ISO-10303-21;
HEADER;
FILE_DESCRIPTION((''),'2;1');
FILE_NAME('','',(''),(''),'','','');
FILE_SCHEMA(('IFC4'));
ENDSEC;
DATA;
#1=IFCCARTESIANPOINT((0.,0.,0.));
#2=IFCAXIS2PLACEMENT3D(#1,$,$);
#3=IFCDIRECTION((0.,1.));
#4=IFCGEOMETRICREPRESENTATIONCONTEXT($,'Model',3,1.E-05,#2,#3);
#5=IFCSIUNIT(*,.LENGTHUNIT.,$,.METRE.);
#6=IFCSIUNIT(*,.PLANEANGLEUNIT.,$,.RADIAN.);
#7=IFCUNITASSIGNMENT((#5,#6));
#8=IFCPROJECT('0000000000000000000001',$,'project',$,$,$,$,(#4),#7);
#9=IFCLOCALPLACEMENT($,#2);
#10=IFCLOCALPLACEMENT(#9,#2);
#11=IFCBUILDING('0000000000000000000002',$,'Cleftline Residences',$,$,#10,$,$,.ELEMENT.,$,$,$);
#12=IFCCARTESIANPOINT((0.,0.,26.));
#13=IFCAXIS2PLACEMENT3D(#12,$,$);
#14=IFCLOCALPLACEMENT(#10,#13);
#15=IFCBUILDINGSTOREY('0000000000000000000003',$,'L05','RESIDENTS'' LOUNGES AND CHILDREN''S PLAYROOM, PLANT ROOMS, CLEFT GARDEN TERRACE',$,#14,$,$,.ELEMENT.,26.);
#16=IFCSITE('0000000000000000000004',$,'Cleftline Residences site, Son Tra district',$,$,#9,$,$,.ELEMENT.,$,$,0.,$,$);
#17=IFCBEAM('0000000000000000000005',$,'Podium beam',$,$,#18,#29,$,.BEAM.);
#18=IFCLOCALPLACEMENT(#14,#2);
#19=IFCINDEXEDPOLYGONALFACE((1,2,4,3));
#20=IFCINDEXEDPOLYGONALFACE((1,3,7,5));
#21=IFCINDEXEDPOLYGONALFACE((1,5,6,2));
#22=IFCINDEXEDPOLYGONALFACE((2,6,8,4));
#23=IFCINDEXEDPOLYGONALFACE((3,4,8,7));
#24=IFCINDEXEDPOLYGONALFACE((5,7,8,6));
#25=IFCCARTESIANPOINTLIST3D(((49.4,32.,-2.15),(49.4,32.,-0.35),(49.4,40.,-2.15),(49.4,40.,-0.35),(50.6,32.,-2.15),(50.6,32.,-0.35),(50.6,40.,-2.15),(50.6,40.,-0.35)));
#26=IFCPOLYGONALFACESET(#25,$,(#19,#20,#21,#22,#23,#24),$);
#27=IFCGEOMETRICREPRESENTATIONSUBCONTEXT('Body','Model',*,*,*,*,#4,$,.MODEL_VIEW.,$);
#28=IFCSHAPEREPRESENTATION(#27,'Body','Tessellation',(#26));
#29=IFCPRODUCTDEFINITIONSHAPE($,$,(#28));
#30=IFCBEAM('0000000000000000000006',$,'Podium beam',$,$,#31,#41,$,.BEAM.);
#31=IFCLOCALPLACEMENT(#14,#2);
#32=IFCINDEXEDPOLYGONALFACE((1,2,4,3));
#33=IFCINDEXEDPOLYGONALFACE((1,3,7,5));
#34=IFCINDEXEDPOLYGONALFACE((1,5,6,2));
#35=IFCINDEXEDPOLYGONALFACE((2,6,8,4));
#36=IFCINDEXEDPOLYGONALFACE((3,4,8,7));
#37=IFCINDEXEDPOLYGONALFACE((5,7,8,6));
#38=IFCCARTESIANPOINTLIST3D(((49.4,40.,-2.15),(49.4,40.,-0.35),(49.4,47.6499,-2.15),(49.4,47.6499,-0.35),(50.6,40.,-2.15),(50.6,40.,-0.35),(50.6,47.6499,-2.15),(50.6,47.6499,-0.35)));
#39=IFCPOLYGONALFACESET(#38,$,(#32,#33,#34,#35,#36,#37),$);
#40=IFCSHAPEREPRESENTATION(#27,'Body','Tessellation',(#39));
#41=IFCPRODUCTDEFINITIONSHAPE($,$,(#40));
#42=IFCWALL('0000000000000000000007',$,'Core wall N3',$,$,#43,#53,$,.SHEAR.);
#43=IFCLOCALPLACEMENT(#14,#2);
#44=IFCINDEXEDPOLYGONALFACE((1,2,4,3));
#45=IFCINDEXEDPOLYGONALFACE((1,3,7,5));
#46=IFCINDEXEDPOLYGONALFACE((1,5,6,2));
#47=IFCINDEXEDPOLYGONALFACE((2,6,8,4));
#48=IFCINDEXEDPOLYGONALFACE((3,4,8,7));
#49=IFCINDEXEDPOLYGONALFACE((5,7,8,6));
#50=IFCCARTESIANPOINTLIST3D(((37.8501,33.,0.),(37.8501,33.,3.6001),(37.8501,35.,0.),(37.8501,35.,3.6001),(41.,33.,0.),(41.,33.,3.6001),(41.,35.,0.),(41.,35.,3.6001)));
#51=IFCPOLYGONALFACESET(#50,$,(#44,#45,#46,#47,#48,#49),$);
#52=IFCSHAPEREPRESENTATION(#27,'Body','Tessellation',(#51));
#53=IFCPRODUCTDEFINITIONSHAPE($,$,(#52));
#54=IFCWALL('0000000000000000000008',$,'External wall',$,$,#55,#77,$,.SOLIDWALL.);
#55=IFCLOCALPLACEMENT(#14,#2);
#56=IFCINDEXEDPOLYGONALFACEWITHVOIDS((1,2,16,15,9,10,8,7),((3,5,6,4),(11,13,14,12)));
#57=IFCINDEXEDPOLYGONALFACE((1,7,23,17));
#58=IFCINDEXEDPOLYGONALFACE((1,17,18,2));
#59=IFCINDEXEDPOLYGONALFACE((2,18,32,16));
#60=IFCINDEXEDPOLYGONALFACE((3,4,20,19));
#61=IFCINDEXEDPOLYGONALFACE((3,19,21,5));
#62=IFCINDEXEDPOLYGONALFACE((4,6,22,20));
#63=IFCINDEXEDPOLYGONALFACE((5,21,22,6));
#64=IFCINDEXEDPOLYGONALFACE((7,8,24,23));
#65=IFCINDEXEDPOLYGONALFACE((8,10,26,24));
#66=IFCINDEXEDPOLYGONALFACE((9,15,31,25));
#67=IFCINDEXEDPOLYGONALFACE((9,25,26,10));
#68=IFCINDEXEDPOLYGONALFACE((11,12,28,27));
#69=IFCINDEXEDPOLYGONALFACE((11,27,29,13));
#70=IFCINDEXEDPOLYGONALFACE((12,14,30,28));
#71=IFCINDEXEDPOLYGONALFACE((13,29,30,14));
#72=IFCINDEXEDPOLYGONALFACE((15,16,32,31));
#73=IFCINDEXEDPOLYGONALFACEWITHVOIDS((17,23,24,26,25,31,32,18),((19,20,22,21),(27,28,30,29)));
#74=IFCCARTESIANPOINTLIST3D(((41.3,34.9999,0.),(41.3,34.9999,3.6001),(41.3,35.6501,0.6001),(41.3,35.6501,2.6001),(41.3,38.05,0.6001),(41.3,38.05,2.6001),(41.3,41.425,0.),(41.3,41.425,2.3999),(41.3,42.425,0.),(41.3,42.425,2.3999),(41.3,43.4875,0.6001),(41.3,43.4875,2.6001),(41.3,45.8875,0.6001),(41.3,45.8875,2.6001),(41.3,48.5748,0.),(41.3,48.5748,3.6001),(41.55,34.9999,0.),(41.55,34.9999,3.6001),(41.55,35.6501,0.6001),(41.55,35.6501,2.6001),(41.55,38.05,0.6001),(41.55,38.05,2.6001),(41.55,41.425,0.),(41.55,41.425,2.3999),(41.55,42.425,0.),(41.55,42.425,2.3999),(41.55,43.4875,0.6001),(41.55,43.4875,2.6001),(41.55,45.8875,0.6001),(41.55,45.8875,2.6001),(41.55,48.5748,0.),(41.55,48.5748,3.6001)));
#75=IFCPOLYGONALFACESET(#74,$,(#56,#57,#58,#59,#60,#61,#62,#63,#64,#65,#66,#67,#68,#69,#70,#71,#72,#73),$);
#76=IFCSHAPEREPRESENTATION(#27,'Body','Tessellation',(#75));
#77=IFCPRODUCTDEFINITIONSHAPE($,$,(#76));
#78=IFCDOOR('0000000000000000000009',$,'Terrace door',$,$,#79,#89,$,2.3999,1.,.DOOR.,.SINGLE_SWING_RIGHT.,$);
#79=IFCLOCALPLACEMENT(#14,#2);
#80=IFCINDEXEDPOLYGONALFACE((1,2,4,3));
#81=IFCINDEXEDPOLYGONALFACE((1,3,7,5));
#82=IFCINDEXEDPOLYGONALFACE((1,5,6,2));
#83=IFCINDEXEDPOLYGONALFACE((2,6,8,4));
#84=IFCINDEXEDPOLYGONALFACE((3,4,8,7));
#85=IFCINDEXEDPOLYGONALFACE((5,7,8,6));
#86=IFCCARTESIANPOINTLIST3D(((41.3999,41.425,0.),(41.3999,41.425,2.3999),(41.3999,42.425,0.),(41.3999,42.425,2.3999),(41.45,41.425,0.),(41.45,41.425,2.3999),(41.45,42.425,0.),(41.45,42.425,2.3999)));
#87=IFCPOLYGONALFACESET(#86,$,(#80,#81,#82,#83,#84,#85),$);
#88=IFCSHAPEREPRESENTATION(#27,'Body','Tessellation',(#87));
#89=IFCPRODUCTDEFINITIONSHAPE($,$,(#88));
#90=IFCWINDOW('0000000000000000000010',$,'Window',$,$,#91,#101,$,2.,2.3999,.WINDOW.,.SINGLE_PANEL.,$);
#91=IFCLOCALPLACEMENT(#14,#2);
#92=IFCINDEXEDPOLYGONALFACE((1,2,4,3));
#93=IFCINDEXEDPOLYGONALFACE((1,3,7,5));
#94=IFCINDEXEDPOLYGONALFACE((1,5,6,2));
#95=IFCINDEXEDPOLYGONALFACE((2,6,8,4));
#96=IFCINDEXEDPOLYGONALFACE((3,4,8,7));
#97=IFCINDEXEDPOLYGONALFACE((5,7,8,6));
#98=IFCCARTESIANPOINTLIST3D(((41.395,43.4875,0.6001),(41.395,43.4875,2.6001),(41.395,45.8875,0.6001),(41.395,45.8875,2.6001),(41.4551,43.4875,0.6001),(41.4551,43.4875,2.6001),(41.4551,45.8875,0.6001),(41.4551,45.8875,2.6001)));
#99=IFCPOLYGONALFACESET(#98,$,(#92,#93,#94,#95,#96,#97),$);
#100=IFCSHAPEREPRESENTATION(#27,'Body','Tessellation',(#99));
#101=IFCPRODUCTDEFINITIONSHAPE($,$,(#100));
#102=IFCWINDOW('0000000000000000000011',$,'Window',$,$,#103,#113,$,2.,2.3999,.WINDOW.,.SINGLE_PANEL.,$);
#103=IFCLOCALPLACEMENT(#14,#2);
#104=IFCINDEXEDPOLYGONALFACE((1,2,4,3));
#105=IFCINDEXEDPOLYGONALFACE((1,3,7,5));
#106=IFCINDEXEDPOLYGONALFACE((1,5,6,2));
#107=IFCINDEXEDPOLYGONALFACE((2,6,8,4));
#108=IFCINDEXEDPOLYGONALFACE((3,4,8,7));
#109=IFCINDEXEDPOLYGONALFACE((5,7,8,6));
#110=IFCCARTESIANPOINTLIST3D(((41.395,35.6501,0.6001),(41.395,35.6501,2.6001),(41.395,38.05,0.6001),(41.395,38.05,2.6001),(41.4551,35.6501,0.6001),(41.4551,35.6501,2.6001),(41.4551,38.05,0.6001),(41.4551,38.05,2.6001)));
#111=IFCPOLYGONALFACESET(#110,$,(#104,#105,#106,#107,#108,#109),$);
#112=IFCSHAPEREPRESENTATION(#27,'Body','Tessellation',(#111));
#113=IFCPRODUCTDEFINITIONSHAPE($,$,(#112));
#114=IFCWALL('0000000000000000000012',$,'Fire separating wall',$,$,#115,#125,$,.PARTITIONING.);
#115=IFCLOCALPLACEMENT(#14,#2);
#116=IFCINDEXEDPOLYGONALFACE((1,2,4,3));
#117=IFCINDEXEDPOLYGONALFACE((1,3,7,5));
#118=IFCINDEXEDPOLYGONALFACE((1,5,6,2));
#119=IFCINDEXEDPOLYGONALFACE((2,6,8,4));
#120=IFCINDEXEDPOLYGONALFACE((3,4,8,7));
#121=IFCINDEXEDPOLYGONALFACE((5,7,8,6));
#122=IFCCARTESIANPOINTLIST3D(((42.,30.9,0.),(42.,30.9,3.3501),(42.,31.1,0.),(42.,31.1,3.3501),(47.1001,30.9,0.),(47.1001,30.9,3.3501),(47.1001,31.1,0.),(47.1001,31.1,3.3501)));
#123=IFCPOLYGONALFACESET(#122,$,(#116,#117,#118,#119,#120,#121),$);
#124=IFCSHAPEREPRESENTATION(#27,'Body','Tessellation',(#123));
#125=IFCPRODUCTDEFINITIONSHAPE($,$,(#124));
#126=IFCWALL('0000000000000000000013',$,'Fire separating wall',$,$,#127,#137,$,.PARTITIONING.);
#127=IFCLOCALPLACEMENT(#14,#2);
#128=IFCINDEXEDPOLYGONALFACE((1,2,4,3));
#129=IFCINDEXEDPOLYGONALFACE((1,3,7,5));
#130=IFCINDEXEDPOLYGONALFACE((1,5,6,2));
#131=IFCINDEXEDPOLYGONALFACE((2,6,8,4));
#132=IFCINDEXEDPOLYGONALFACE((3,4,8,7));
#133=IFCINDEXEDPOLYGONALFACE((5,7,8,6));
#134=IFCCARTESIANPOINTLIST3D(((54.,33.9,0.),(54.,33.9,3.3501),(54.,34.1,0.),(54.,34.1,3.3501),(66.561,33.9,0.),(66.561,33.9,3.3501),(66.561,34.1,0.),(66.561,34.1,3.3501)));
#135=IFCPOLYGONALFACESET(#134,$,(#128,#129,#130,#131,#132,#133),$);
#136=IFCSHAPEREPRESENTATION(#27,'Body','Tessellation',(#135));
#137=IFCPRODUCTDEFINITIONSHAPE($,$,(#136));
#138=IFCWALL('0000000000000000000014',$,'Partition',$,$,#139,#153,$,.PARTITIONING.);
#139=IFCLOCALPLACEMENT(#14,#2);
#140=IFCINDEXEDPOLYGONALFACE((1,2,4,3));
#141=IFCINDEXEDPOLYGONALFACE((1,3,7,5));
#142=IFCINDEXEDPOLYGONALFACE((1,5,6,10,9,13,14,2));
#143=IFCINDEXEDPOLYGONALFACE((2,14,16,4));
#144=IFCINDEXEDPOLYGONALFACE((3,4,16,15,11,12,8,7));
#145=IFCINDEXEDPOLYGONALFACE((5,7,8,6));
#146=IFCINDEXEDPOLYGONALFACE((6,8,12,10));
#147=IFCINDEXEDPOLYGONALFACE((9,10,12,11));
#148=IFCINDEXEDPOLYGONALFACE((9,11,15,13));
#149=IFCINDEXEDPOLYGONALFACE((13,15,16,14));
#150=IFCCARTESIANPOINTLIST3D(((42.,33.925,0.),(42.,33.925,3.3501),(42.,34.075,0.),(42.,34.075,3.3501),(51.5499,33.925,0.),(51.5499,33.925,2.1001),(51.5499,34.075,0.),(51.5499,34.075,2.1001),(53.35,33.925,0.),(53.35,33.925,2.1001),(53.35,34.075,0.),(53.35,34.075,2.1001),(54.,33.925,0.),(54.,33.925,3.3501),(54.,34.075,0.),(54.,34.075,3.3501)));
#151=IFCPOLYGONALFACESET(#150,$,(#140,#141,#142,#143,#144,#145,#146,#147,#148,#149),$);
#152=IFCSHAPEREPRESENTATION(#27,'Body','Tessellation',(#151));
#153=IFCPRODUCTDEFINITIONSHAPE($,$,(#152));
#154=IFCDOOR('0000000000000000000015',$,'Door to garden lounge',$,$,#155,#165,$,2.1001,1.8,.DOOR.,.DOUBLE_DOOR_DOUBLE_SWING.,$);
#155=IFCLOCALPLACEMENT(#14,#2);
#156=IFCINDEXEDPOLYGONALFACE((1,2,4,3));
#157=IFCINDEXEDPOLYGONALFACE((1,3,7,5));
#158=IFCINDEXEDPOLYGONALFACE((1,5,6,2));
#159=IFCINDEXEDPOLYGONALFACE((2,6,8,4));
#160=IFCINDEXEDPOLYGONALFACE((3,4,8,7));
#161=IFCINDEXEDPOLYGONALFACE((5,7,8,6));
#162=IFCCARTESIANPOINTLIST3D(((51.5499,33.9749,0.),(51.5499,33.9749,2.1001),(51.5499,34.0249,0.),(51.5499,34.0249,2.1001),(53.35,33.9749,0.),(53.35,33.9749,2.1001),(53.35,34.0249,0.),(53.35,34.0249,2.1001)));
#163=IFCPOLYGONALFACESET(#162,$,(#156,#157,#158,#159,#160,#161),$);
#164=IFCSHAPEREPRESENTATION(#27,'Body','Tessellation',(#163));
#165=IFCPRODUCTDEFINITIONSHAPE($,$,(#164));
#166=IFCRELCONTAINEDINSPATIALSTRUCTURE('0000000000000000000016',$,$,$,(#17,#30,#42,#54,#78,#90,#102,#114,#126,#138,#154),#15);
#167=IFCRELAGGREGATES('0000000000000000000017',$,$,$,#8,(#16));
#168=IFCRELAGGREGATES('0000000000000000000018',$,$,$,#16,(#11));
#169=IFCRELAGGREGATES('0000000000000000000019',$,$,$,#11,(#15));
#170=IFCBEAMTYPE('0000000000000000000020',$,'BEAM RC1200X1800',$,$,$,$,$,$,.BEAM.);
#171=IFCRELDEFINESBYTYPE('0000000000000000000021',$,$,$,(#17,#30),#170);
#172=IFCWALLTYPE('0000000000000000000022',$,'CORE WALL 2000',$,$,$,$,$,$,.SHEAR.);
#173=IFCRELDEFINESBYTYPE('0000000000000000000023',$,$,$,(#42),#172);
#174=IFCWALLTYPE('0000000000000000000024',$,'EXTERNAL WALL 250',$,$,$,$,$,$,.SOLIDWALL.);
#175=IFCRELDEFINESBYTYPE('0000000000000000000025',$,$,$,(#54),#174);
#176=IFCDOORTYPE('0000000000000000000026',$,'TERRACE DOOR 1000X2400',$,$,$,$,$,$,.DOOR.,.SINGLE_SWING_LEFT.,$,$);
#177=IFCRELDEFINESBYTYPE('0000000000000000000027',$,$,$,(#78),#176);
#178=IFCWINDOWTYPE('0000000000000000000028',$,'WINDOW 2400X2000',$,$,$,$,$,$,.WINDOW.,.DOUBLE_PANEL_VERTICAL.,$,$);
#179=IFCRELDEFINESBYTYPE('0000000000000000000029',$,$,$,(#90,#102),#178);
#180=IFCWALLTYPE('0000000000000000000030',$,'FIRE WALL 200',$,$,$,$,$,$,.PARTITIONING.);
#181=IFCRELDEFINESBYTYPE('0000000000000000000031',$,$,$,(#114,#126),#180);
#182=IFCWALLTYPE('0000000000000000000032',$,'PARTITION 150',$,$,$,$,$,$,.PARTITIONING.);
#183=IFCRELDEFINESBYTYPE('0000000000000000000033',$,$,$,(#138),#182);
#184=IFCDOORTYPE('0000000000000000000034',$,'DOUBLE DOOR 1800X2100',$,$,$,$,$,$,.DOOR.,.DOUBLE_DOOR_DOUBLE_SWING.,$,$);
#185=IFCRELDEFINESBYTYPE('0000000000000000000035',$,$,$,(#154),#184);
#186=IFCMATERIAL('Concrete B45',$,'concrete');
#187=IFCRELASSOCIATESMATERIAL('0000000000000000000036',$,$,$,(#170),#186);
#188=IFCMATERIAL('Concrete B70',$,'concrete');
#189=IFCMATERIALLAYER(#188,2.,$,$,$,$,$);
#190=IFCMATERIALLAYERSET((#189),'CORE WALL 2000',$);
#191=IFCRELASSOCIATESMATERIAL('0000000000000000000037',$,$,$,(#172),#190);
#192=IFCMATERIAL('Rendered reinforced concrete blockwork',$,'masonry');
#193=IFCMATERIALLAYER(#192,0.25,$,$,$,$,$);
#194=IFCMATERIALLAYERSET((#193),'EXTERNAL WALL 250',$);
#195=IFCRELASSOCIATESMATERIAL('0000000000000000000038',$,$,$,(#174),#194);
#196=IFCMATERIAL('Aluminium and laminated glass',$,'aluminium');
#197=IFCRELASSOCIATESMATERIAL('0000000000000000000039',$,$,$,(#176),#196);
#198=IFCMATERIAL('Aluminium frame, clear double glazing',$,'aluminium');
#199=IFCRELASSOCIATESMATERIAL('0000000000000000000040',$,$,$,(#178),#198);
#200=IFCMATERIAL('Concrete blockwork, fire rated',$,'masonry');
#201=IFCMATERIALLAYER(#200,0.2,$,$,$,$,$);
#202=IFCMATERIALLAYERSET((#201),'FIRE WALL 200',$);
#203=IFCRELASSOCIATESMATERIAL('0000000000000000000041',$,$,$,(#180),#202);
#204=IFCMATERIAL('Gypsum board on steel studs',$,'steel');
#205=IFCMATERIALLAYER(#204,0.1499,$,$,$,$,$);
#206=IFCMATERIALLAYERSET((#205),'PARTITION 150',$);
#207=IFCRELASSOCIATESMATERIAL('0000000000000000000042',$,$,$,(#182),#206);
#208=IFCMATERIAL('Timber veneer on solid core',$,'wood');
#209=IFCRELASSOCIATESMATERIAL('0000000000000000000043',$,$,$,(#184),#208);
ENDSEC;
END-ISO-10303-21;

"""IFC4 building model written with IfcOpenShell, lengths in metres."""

from ifc_helpers import new_model, si_unit, direction, frame, frame_2d, origin, origin_2d, place, context, subcontext, project, spatial, rectangle, extrude, material, layer, layer_set, material_profile, profile_set, type_object, element, fill, save


model = new_model("IFC4")

# Units and contexts
model_context = context("Model", 3, precision=1e-05, world=origin(), true_north=direction((0.0, 1.0)))
body_context = subcontext(model_context, "Body", "Model", "MODEL_VIEW")
ifc_project = project(units=[si_unit("LENGTHUNIT", "METRE"), si_unit("PLANEANGLEUNIT", "RADIAN")], contexts=[model_context])

# Site, building, storey
site_placement = place(None, origin())
site = spatial("IfcSite", under=ifc_project, at=site_placement, Name="Cleftline Residences site, Son Tra district", CompositionType="ELEMENT", RefElevation=0.0)
building_placement = place(site_placement, origin())
building = spatial("IfcBuilding", under=site, at=building_placement, Name="Cleftline Residences", CompositionType="ELEMENT")
storey_placement = place(building_placement, frame((0.0, 0.0, 26.0)))
storey = spatial("IfcBuildingStorey", under=building, at=storey_placement, Name="L05", Description="RESIDENTS' LOUNGES AND CHILDREN'S PLAYROOM, PLANT ROOMS, CLEFT GARDEN TERRACE", CompositionType="ELEMENT", Elevation=26.0)

# Beams
ifc_material_1 = material(Name="Concrete B45", Category="concrete")
ifc_material_profile_1 = material_profile(ifc_material_1, rectangle(XDim=1.2, YDim=1.8, at=origin_2d()))
ifc_profile_set_1 = profile_set([ifc_material_profile_1], Name="Concrete B45")
beam_type = type_object("IfcBeamType", Name="BEAM RC1200X1800", PredefinedType="BEAM", material=ifc_profile_set_1)
beam_1_placement = place(storey_placement, frame((50.0, 32.0, -1.25), z_axis=(0.0, 1.0, 0.0), x_axis=(-1.0, 0.0, 0.0)))
element("IfcBeam", 1, at=beam_1_placement, inside=storey, type_object=beam_type, Name="Podium beam", PredefinedType="BEAM", context=body_context, shape_type="SweptSolid", body=[
    extrude(rectangle(XDim=1.2, YDim=1.8, at=origin_2d()), origin(), (0.0, 0.0, 1.0), 8.0),
])
beam_2_placement = place(storey_placement, frame((50.0, 40.0, -1.25), z_axis=(0.0, 1.0, 0.0), x_axis=(-1.0, 0.0, 0.0)))
element("IfcBeam", 2, at=beam_2_placement, inside=storey, type_object=beam_type, Name="Podium beam", PredefinedType="BEAM", context=body_context, shape_type="SweptSolid", body=[
    extrude(rectangle(XDim=1.2, YDim=1.8, at=origin_2d()), origin(), (0.0, 0.0, 1.0), 7.6499),
])

# Wall
ifc_material_2 = material(Name="Concrete B70", Category="concrete")
ifc_layer_1 = layer(ifc_material_2, 2.0)
ifc_layer_set_1 = layer_set([ifc_layer_1], Name="CORE WALL 2000")
wall_type_1 = type_object("IfcWallType", Name="CORE WALL 2000", PredefinedType="SHEAR", material=ifc_layer_set_1)
wall_1_placement = place(storey_placement, frame((37.8501, 34.0, 0.0), z_axis=(0.0, 0.0, 1.0), x_axis=(1.0, 0.0, 0.0)))
element("IfcWall", 3, at=wall_1_placement, inside=storey, type_object=wall_type_1, Name="Core wall N3", PredefinedType="SHEAR", context=body_context, shape_type="SweptSolid", body=[
    extrude(rectangle(XDim=3.1499, YDim=2.0, at=frame_2d((1.575, 0.0))), origin(), (0.0, 0.0, 1.0), 3.6001),
])

# Wall, openings, door, windows
ifc_material_3 = material(Name="Rendered reinforced concrete blockwork", Category="masonry")
ifc_layer_2 = layer(ifc_material_3, 0.25)
ifc_layer_set_2 = layer_set([ifc_layer_2], Name="EXTERNAL WALL 250")
wall_type_2 = type_object("IfcWallType", Name="EXTERNAL WALL 250", PredefinedType="SOLIDWALL", material=ifc_layer_set_2)
wall_2_placement = place(storey_placement, frame((41.425, 48.575, 0.0), z_axis=(0.0, 0.0, 1.0), x_axis=(0.0, -1.0, 0.0)))
wall_2 = element("IfcWall", 4, at=wall_2_placement, inside=storey, type_object=wall_type_2, Name="External wall", PredefinedType="SOLIDWALL", context=body_context, shape_type="SweptSolid", body=[
    extrude(rectangle(XDim=13.575, YDim=0.25, at=frame_2d((6.7876, 0.0))), origin(), (0.0, 0.0, 1.0), 3.6001),
])
opening_1_placement = place(wall_2_placement, frame((6.1499, 0.0, 0.0)))
opening_1 = element("IfcOpeningElement", 5, at=opening_1_placement, cuts=wall_2, PredefinedType="OPENING", context=body_context, shape_type="SweptSolid", body=[
    extrude(rectangle(XDim=1.0, YDim=2.3999, at=frame_2d((0.5, 1.2))), frame((0.0, 0.135, 0.0), z_axis=(0.0, -1.0, 0.0), x_axis=(1.0, 0.0, 0.0)), (0.0, 0.0, 1.0), 0.27),
])
opening_2_placement = place(wall_2_placement, frame((2.6875, 0.0, 0.6001)))
opening_2 = element("IfcOpeningElement", 6, at=opening_2_placement, cuts=wall_2, PredefinedType="OPENING", context=body_context, shape_type="SweptSolid", body=[
    extrude(rectangle(XDim=2.3999, YDim=2.0, at=frame_2d((1.2, 1.0))), frame((0.0, 0.135, 0.0), z_axis=(0.0, -1.0, 0.0), x_axis=(1.0, 0.0, 0.0)), (0.0, 0.0, 1.0), 0.27),
])
opening_3_placement = place(wall_2_placement, frame((10.5249, 0.0, 0.6001)))
opening_3 = element("IfcOpeningElement", 7, at=opening_3_placement, cuts=wall_2, PredefinedType="OPENING", context=body_context, shape_type="SweptSolid", body=[
    extrude(rectangle(XDim=2.3999, YDim=2.0, at=frame_2d((1.2, 1.0))), frame((0.0, 0.135, 0.0), z_axis=(0.0, -1.0, 0.0), x_axis=(1.0, 0.0, 0.0)), (0.0, 0.0, 1.0), 0.27),
])
ifc_material_4 = material(Name="Aluminium and laminated glass", Category="aluminium")
door_type_1 = type_object("IfcDoorType", Name="TERRACE DOOR 1000X2400", OperationType="SINGLE_SWING_LEFT", PredefinedType="DOOR", material=ifc_material_4)
door_1_placement = place(opening_1_placement, origin())
door_1 = element("IfcDoor", 8, at=door_1_placement, inside=storey, type_object=door_type_1, Name="Terrace door", OperationType="SINGLE_SWING_RIGHT", OverallHeight=2.3999, OverallWidth=1.0, PredefinedType="DOOR", context=body_context, shape_type="SweptSolid", body=[
    extrude(rectangle(XDim=1.0, YDim=2.3999, at=frame_2d((0.5, 1.2))), frame((0.0, 0.0249, 0.0), z_axis=(0.0, -1.0, 0.0), x_axis=(1.0, 0.0, 0.0)), (0.0, 0.0, 1.0), 0.05),
])
fill(opening_1, door_1)
ifc_material_5 = material(Name="Aluminium frame, clear double glazing", Category="aluminium")
window_type = type_object("IfcWindowType", Name="WINDOW 2400X2000", PartitioningType="DOUBLE_PANEL_VERTICAL", PredefinedType="WINDOW", material=ifc_material_5)
window_1_placement = place(opening_2_placement, origin())
window_1 = element("IfcWindow", 9, at=window_1_placement, inside=storey, type_object=window_type, Name="Window", OverallHeight=2.0, OverallWidth=2.3999, PartitioningType="SINGLE_PANEL", PredefinedType="WINDOW", context=body_context, shape_type="SweptSolid", body=[
    extrude(rectangle(XDim=2.3999, YDim=2.0, at=frame_2d((1.2, 1.0))), frame((0.0, 0.03, 0.0), z_axis=(0.0, -1.0, 0.0), x_axis=(1.0, 0.0, 0.0)), (0.0, 0.0, 1.0), 0.0601),
])
fill(opening_2, window_1)
window_2_placement = place(opening_3_placement, origin())
window_2 = element("IfcWindow", 10, at=window_2_placement, inside=storey, type_object=window_type, Name="Window", OverallHeight=2.0, OverallWidth=2.3999, PartitioningType="SINGLE_PANEL", PredefinedType="WINDOW", context=body_context, shape_type="SweptSolid", body=[
    extrude(rectangle(XDim=2.3999, YDim=2.0, at=frame_2d((1.2, 1.0))), frame((0.0, 0.03, 0.0), z_axis=(0.0, -1.0, 0.0), x_axis=(1.0, 0.0, 0.0)), (0.0, 0.0, 1.0), 0.0601),
])
fill(opening_3, window_2)

# Walls
ifc_material_6 = material(Name="Concrete blockwork, fire rated", Category="masonry")
ifc_layer_3 = layer(ifc_material_6, 0.2)
ifc_layer_set_3 = layer_set([ifc_layer_3], Name="FIRE WALL 200")
wall_type_3 = type_object("IfcWallType", Name="FIRE WALL 200", PredefinedType="PARTITIONING", material=ifc_layer_set_3)
wall_3_placement = place(storey_placement, frame((42.0, 31.0, 0.0), z_axis=(0.0, 0.0, 1.0), x_axis=(1.0, 0.0, 0.0)))
element("IfcWall", 11, at=wall_3_placement, inside=storey, type_object=wall_type_3, Name="Fire separating wall", PredefinedType="PARTITIONING", context=body_context, shape_type="SweptSolid", body=[
    extrude(rectangle(XDim=5.1001, YDim=0.2, at=frame_2d((2.55, 0.0))), origin(), (0.0, 0.0, 1.0), 3.3501),
])
wall_4_placement = place(storey_placement, frame((54.0, 34.0, 0.0), z_axis=(0.0, 0.0, 1.0), x_axis=(1.0, 0.0, 0.0)))
element("IfcWall", 12, at=wall_4_placement, inside=storey, type_object=wall_type_3, Name="Fire separating wall", PredefinedType="PARTITIONING", context=body_context, shape_type="SweptSolid", body=[
    extrude(rectangle(XDim=12.561, YDim=0.2, at=frame_2d((6.2805, 0.0))), origin(), (0.0, 0.0, 1.0), 3.3501),
])

# Wall, opening, door
ifc_material_7 = material(Name="Gypsum board on steel studs", Category="steel")
ifc_layer_4 = layer(ifc_material_7, 0.1499)
ifc_layer_set_4 = layer_set([ifc_layer_4], Name="PARTITION 150")
wall_type_4 = type_object("IfcWallType", Name="PARTITION 150", PredefinedType="PARTITIONING", material=ifc_layer_set_4)
wall_5_placement = place(storey_placement, frame((42.0, 34.0, 0.0), z_axis=(0.0, 0.0, 1.0), x_axis=(1.0, 0.0, 0.0)))
wall_5 = element("IfcWall", 13, at=wall_5_placement, inside=storey, type_object=wall_type_4, Name="Partition", PredefinedType="PARTITIONING", context=body_context, shape_type="SweptSolid", body=[
    extrude(rectangle(XDim=12.0, YDim=0.1499, at=frame_2d((6.0, 0.0))), origin(), (0.0, 0.0, 1.0), 3.3501),
])
opening_4_placement = place(wall_5_placement, frame((9.55, 0.0, 0.0)))
opening_4 = element("IfcOpeningElement", 14, at=opening_4_placement, cuts=wall_5, PredefinedType="OPENING", context=body_context, shape_type="SweptSolid", body=[
    extrude(rectangle(XDim=1.8, YDim=2.1001, at=frame_2d((0.8999, 1.05))), frame((0.0, 0.085, 0.0), z_axis=(0.0, -1.0, 0.0), x_axis=(1.0, 0.0, 0.0)), (0.0, 0.0, 1.0), 0.1699),
])
ifc_material_8 = material(Name="Timber veneer on solid core", Category="wood")
door_type_2 = type_object("IfcDoorType", Name="DOUBLE DOOR 1800X2100", OperationType="DOUBLE_DOOR_DOUBLE_SWING", PredefinedType="DOOR", material=ifc_material_8)
door_2_placement = place(opening_4_placement, origin())
door_2 = element("IfcDoor", 15, at=door_2_placement, inside=storey, type_object=door_type_2, Name="Door to garden lounge", OperationType="DOUBLE_DOOR_DOUBLE_SWING", OverallHeight=2.1001, OverallWidth=1.8, PredefinedType="DOOR", context=body_context, shape_type="SweptSolid", body=[
    extrude(rectangle(XDim=1.8, YDim=2.1001, at=frame_2d((0.8999, 1.05))), frame((0.0, 0.0249, 0.0), z_axis=(0.0, -1.0, 0.0), x_axis=(1.0, 0.0, 0.0)), (0.0, 0.0, 1.0), 0.05),
])
fill(opening_4, door_2)

save(model, "model.ifc")
